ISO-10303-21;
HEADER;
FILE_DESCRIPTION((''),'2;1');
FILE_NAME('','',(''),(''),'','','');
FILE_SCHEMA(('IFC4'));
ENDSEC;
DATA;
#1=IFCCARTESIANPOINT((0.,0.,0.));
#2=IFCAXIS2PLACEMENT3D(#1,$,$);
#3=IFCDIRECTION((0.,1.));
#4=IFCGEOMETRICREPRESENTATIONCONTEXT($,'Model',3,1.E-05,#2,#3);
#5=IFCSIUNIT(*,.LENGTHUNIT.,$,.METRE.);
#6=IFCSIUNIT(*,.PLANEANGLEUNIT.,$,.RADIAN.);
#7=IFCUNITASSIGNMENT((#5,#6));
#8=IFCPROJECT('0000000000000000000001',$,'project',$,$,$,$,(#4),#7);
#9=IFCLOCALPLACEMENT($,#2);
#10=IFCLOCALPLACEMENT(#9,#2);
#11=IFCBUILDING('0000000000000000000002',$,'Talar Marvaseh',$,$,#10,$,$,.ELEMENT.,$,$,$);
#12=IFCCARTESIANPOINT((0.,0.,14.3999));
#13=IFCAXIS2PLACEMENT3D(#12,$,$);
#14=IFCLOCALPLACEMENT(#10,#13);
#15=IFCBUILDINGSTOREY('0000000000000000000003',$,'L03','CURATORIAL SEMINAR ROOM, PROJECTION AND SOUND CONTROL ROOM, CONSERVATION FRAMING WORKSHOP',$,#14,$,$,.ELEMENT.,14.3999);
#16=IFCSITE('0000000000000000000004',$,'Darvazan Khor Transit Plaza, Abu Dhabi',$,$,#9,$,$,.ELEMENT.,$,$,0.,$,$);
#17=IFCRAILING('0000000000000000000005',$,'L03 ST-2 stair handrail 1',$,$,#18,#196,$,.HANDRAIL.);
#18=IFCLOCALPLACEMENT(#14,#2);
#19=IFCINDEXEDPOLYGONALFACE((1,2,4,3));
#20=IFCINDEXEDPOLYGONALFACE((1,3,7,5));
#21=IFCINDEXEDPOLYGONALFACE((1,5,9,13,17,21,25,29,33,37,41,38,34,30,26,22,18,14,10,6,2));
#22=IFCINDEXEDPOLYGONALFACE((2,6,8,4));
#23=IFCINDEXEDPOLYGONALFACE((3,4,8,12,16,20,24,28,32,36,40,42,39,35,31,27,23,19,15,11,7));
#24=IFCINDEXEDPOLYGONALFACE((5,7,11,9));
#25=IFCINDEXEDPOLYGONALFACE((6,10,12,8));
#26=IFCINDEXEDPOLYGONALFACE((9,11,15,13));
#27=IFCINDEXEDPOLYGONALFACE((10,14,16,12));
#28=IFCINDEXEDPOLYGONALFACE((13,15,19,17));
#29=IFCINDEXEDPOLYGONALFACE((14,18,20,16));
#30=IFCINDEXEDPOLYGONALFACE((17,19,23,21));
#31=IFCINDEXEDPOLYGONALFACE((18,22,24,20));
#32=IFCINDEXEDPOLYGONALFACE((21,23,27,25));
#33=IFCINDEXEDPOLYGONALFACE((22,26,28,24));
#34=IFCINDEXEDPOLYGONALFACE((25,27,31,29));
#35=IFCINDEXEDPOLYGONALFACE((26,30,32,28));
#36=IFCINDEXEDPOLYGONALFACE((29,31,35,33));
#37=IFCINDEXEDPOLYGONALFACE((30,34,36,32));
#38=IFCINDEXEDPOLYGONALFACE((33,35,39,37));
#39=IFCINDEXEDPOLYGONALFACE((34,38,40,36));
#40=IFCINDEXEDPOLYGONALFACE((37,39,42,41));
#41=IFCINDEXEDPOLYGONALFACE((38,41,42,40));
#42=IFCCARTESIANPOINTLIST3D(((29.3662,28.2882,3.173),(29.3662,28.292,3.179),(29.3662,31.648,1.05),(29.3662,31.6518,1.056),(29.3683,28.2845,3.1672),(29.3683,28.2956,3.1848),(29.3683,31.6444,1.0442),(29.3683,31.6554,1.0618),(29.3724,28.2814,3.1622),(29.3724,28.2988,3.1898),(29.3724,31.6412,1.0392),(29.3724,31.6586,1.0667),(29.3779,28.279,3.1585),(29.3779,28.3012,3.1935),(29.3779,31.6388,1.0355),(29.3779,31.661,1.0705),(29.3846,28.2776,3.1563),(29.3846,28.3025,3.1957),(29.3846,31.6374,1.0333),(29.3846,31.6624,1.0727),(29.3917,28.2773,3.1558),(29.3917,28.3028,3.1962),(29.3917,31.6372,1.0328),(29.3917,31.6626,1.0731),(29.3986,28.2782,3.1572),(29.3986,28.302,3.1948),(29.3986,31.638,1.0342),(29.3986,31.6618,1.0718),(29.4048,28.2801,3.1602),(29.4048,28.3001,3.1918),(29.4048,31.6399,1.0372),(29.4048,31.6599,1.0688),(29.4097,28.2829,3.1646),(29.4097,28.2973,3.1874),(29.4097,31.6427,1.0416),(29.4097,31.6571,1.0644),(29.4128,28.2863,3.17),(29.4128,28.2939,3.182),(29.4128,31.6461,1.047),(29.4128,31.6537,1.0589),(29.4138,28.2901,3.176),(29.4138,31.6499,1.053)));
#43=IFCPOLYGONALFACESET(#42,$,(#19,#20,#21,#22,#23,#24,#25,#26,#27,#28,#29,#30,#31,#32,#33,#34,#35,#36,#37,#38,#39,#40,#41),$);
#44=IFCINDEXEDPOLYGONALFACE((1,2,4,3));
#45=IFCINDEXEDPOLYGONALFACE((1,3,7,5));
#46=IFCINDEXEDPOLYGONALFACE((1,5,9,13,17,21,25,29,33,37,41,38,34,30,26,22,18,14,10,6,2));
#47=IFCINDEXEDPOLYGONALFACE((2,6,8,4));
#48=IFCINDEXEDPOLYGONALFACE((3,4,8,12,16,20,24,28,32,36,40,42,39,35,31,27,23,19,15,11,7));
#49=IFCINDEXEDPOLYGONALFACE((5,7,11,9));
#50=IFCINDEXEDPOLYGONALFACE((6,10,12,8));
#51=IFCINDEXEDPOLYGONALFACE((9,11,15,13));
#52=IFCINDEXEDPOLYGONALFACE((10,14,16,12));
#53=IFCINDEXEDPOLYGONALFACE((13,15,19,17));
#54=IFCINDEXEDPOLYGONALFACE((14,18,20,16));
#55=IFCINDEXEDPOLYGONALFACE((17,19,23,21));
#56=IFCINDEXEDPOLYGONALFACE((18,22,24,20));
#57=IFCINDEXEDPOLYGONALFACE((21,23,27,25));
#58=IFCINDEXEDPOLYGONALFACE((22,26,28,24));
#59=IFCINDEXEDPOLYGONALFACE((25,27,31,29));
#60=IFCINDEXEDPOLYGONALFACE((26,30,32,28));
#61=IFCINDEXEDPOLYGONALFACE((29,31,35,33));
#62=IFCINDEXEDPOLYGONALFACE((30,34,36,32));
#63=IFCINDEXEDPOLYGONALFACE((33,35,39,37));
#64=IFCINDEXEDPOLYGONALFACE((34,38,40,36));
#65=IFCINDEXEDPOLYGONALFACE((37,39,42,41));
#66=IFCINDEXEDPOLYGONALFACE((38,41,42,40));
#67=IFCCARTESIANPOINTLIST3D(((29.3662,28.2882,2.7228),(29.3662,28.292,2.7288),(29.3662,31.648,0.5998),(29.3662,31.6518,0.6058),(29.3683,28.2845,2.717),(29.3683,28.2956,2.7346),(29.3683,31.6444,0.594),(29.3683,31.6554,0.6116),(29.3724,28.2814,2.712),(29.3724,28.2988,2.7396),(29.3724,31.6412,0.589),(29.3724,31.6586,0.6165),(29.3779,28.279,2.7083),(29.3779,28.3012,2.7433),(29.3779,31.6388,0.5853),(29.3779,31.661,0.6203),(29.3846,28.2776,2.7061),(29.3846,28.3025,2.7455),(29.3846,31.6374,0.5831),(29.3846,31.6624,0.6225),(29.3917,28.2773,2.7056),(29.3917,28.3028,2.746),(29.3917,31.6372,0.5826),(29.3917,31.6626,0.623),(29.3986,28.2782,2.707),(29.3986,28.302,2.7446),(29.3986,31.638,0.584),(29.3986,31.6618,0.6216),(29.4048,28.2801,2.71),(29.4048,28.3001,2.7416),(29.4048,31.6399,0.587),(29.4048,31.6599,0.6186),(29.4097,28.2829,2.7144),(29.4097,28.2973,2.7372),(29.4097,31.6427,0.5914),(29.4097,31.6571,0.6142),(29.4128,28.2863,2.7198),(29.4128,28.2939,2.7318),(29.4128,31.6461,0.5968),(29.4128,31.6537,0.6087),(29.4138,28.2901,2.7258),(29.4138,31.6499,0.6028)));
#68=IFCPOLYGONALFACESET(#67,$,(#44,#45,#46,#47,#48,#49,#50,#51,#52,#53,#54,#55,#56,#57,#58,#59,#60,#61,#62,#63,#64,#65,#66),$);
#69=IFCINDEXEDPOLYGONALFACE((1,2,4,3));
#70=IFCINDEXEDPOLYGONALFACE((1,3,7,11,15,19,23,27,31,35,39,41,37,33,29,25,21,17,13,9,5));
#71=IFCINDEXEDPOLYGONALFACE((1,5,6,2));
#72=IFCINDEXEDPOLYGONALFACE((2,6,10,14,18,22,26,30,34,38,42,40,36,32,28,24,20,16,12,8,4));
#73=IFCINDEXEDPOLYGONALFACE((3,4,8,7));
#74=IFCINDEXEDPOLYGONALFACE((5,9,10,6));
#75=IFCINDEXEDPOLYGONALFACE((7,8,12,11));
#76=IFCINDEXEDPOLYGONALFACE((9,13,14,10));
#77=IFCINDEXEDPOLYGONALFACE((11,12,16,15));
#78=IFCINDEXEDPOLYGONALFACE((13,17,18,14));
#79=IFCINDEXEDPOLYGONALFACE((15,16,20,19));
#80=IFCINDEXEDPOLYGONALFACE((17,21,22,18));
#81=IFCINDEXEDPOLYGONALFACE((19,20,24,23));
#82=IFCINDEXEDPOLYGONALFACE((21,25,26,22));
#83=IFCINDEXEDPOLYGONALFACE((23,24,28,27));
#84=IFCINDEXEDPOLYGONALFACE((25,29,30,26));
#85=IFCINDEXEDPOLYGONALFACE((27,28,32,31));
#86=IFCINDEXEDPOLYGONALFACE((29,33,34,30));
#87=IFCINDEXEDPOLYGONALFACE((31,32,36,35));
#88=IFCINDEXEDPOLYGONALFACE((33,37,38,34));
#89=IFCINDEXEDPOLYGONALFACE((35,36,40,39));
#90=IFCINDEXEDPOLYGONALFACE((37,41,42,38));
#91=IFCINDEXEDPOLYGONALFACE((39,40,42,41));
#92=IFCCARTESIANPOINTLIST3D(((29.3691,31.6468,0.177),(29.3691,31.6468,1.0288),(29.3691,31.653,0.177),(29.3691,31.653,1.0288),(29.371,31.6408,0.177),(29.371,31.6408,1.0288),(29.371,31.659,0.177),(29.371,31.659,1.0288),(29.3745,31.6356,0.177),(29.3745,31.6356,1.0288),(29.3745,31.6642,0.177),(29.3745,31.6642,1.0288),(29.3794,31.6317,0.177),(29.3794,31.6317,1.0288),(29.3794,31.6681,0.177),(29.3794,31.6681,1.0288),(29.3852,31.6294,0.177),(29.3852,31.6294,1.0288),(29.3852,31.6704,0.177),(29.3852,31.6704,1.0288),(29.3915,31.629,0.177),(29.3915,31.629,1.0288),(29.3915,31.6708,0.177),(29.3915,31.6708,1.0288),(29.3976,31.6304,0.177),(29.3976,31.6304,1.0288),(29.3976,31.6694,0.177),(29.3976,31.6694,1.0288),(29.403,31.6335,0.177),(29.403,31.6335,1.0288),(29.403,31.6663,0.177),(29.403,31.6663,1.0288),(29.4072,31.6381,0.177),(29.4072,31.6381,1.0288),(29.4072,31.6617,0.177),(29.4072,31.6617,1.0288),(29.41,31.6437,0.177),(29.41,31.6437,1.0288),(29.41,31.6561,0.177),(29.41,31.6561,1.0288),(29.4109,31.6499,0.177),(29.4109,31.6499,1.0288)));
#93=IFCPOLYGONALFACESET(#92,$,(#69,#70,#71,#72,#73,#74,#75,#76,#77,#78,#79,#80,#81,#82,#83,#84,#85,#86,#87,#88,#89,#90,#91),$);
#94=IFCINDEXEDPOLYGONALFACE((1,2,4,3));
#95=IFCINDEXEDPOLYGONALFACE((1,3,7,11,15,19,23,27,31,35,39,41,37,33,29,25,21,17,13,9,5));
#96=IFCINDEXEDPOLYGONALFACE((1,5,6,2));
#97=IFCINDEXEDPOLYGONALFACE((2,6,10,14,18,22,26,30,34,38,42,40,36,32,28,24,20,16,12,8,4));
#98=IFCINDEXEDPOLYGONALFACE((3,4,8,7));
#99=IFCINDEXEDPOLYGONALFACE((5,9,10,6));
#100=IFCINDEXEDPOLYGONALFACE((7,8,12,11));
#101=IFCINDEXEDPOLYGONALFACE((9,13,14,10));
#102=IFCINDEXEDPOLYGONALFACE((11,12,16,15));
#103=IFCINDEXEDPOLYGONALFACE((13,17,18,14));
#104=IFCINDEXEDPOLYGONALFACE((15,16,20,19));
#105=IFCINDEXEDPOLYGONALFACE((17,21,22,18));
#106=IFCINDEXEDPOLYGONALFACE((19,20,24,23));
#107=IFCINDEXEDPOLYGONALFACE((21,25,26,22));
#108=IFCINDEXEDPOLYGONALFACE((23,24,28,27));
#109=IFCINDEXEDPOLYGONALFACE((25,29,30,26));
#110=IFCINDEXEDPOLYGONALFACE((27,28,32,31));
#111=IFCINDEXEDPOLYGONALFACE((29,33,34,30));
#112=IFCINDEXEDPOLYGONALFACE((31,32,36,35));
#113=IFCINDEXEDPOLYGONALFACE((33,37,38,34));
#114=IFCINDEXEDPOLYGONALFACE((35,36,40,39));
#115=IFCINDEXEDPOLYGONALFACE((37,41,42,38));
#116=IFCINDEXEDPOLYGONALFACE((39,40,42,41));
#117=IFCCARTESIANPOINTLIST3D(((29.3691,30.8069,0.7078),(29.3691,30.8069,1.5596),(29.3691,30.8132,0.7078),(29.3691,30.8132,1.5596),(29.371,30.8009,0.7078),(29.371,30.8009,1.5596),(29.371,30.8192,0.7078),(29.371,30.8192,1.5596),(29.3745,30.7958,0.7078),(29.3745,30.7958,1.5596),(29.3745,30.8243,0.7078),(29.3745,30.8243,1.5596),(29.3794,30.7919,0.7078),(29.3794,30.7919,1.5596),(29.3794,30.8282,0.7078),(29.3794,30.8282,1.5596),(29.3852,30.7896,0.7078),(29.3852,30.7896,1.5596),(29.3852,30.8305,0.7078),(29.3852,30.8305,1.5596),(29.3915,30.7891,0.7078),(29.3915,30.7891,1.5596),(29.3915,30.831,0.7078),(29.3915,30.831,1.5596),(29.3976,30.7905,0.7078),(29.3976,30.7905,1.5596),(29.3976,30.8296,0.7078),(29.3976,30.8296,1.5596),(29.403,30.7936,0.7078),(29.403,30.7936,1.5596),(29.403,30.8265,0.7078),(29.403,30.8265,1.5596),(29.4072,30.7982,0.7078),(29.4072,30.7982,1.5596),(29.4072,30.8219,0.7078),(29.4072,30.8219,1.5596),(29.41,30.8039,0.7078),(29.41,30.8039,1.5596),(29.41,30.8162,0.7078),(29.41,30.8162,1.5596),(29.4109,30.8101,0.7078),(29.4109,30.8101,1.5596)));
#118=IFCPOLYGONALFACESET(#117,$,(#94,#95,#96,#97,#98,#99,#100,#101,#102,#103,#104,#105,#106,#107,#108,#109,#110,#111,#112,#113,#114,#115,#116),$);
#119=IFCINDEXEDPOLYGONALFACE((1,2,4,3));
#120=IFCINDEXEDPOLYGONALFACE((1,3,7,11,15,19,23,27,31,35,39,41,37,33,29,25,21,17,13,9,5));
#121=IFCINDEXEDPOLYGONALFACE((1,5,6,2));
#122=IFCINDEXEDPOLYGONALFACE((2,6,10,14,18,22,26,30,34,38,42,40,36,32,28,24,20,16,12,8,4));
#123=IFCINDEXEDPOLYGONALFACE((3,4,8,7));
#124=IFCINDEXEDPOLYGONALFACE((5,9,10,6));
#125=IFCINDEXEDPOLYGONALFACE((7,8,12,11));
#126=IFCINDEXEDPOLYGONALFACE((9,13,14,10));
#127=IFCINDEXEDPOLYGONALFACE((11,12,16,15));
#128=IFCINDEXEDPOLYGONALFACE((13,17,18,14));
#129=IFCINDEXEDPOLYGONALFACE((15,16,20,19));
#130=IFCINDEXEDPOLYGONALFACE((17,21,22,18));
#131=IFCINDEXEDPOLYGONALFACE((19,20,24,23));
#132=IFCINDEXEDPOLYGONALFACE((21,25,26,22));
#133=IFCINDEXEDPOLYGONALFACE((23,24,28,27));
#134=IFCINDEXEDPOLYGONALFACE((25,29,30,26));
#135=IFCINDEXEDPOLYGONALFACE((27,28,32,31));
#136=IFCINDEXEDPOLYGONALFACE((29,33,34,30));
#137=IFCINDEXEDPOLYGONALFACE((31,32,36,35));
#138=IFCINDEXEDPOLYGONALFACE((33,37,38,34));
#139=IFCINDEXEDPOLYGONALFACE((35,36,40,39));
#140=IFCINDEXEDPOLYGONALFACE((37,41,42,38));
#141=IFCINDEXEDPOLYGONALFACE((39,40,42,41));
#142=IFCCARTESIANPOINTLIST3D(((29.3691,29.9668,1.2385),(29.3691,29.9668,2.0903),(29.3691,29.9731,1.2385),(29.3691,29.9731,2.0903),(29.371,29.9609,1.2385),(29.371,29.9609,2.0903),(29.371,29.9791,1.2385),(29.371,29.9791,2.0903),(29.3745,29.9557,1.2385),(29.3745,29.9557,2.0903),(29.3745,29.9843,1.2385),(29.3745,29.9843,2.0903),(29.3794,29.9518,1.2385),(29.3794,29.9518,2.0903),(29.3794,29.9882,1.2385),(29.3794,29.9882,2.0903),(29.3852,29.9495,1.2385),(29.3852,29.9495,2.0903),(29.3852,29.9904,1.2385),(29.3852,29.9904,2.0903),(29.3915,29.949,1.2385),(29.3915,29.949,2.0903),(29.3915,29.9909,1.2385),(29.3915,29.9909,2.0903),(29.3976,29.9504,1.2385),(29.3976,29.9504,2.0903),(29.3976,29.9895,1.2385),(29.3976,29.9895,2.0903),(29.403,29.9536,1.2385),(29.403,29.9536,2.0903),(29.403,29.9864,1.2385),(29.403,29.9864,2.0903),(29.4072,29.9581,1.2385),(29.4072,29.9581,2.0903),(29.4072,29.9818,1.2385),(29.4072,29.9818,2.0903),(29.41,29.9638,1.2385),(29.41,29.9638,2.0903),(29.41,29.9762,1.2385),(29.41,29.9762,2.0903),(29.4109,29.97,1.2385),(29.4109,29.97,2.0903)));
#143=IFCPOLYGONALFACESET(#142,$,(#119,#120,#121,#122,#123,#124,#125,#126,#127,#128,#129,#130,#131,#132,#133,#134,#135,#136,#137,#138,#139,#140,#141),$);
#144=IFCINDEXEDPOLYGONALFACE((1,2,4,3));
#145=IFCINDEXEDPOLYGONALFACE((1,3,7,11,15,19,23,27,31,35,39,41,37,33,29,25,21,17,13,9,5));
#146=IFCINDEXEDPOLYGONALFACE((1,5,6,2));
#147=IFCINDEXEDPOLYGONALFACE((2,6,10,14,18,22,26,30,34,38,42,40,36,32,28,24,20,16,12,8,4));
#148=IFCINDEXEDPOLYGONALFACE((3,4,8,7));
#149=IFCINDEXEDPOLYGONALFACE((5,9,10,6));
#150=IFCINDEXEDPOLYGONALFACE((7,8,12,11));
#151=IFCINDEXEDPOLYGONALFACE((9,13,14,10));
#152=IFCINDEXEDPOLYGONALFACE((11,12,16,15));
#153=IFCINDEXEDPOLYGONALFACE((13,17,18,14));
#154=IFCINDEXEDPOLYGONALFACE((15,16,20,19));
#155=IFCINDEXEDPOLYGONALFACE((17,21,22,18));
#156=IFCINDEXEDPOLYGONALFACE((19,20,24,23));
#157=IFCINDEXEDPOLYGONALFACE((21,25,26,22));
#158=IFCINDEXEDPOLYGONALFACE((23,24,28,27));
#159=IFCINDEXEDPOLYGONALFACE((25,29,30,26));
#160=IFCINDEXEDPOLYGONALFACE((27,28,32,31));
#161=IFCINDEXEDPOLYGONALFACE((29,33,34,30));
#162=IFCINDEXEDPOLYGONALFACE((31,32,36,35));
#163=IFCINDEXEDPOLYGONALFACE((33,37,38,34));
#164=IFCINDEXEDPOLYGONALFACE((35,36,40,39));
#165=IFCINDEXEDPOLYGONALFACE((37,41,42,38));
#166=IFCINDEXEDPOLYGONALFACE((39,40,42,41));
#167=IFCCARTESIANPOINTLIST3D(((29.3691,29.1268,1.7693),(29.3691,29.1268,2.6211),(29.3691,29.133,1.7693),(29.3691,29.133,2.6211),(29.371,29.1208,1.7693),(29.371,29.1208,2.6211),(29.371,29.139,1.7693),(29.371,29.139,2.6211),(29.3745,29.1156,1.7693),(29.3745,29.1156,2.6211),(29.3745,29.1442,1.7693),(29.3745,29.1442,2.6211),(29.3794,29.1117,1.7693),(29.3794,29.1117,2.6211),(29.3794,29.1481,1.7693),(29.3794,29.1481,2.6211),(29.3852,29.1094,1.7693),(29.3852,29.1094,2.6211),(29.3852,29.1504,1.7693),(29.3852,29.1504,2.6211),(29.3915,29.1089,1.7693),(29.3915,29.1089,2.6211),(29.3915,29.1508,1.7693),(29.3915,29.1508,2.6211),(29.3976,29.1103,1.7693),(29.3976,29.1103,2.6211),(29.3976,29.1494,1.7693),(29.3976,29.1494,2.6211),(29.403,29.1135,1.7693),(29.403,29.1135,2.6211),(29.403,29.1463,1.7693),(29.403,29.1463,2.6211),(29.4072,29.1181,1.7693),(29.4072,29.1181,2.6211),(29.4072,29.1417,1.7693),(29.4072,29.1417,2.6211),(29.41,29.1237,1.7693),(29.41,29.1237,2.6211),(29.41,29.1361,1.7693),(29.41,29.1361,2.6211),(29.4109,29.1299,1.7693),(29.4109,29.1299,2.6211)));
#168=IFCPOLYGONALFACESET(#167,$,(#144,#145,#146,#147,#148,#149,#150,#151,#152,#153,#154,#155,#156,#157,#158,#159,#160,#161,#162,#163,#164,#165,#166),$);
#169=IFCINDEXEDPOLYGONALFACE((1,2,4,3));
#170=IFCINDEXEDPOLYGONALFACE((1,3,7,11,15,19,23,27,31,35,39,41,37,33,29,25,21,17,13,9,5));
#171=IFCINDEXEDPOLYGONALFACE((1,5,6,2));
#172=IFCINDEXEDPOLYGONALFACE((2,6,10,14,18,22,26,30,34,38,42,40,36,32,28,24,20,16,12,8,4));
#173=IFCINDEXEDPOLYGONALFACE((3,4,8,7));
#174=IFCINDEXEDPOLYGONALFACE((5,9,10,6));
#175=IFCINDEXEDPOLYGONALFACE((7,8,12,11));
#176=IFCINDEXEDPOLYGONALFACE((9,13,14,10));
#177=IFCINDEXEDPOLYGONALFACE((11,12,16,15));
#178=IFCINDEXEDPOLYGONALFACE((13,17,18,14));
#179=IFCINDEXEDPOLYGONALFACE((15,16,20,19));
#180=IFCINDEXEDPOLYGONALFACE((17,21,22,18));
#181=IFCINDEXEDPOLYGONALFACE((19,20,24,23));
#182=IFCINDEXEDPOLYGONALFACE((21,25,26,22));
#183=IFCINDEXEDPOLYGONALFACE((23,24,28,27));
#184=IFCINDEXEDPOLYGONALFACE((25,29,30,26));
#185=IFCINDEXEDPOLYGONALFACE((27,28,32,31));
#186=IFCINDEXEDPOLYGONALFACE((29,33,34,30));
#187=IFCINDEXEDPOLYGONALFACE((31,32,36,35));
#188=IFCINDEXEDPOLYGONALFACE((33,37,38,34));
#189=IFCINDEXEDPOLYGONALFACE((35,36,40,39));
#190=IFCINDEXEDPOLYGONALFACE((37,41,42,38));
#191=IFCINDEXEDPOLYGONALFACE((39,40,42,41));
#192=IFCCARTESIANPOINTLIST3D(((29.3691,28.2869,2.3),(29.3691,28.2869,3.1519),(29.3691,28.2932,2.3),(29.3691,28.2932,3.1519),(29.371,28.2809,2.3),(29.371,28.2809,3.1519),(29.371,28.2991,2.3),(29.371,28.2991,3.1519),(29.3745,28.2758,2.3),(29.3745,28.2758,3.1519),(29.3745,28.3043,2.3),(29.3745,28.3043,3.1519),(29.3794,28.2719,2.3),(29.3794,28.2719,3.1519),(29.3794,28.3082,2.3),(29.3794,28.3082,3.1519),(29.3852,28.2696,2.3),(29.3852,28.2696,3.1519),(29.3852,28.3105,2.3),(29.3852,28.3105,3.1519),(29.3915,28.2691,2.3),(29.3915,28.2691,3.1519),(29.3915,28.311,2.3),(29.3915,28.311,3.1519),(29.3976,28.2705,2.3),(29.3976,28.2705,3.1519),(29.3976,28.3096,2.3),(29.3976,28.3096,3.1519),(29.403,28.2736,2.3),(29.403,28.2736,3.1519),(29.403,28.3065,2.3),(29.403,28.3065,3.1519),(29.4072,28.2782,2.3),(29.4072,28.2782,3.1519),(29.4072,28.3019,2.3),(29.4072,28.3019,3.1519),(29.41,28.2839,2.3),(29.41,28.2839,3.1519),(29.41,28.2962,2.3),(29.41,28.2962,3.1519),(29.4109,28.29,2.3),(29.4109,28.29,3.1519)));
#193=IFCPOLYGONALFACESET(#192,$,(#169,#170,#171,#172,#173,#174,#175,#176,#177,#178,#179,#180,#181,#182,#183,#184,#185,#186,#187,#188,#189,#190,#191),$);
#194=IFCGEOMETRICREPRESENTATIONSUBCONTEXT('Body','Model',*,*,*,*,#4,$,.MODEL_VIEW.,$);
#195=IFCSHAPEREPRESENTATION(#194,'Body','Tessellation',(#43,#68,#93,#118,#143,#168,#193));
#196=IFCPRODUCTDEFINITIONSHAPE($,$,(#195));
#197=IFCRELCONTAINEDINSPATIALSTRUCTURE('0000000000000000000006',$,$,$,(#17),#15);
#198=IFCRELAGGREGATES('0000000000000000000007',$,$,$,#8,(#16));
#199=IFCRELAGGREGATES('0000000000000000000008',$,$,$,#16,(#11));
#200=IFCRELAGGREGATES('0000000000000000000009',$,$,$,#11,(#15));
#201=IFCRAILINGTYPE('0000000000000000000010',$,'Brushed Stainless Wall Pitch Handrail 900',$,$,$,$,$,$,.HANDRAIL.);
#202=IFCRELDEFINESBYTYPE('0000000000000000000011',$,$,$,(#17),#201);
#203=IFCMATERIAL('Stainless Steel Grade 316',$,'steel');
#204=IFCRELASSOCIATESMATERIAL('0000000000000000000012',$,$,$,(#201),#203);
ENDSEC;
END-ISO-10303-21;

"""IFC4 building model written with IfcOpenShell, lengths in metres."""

from ifc_helpers import new_model, si_unit, direction, frame, origin, origin_2d, place, context, subcontext, project, spatial, circle, extrude, material, type_object, element, save


model = new_model("IFC4")

# Units and contexts
model_context = context("Model", 3, precision=1e-05, world=origin(), true_north=direction((0.0, 1.0)))
body_context = subcontext(model_context, "Body", "Model", "MODEL_VIEW")
ifc_project = project(units=[si_unit("LENGTHUNIT", "METRE"), si_unit("PLANEANGLEUNIT", "RADIAN")], contexts=[model_context])

# Site, building, storey
site_placement = place(None, origin())
site = spatial("IfcSite", under=ifc_project, at=site_placement, Name="Darvazan Khor Transit Plaza, Abu Dhabi", CompositionType="ELEMENT", RefElevation=0.0)
building_placement = place(site_placement, origin())
building = spatial("IfcBuilding", under=site, at=building_placement, Name="Talar Marvaseh", CompositionType="ELEMENT")
storey_placement = place(building_placement, frame((0.0, 0.0, 14.3999)))
storey = spatial("IfcBuildingStorey", under=building, at=storey_placement, Name="L03", Description="CURATORIAL SEMINAR ROOM, PROJECTION AND SOUND CONTROL ROOM, CONSERVATION FRAMING WORKSHOP", CompositionType="ELEMENT", Elevation=14.3999)

# Shared definitions
ifc_material_1 = material(Name="Stainless Steel Grade 316", Category="steel")

# Railing
railing_type_1 = type_object("IfcRailingType", Name="Brushed Stainless Wall Pitch Handrail 900", PredefinedType="HANDRAIL", material=ifc_material_1)
railing_1_placement = place(storey_placement, frame((29.3899, 31.6499, 0.177)))
element("IfcRailing", 1, at=railing_1_placement, inside=storey, type_object=railing_type_1, Name="L03 ST-2 stair handrail 1", PredefinedType="HANDRAIL", context=body_context, shape_type="SweptSolid", body=[
    extrude(circle(Radius=0.0239, at=origin_2d()), frame((0.0, 0.0, 0.876), z_axis=(0.0, -0.845372, 0.534178), x_axis=(1.0, 0.0, 0.0)), (0.0, 0.0, 1.0), 3.9744),
    extrude(circle(Radius=0.0239, at=origin_2d()), frame((0.0, 0.0, 0.4258), z_axis=(0.0, -0.845372, 0.534178), x_axis=(1.0, 0.0, 0.0)), (0.0, 0.0, 1.0), 3.9744),
    extrude(circle(Radius=0.021, at=origin_2d()), origin(), (0.0, 0.0, 1.0), 0.8518),
    extrude(circle(Radius=0.021, at=origin_2d()), frame((0.0, -0.8398, 0.5308)), (0.0, 0.0, 1.0), 0.8518),
    extrude(circle(Radius=0.021, at=origin_2d()), frame((0.0, -1.6799, 1.0615)), (0.0, 0.0, 1.0), 0.8518),
    extrude(circle(Radius=0.021, at=origin_2d()), frame((0.0, -2.52, 1.5923)), (0.0, 0.0, 1.0), 0.8518),
    extrude(circle(Radius=0.021, at=origin_2d()), frame((0.0, -3.3599, 2.123)), (0.0, 0.0, 1.0), 0.8518),
])

save(model, "model.ifc")
